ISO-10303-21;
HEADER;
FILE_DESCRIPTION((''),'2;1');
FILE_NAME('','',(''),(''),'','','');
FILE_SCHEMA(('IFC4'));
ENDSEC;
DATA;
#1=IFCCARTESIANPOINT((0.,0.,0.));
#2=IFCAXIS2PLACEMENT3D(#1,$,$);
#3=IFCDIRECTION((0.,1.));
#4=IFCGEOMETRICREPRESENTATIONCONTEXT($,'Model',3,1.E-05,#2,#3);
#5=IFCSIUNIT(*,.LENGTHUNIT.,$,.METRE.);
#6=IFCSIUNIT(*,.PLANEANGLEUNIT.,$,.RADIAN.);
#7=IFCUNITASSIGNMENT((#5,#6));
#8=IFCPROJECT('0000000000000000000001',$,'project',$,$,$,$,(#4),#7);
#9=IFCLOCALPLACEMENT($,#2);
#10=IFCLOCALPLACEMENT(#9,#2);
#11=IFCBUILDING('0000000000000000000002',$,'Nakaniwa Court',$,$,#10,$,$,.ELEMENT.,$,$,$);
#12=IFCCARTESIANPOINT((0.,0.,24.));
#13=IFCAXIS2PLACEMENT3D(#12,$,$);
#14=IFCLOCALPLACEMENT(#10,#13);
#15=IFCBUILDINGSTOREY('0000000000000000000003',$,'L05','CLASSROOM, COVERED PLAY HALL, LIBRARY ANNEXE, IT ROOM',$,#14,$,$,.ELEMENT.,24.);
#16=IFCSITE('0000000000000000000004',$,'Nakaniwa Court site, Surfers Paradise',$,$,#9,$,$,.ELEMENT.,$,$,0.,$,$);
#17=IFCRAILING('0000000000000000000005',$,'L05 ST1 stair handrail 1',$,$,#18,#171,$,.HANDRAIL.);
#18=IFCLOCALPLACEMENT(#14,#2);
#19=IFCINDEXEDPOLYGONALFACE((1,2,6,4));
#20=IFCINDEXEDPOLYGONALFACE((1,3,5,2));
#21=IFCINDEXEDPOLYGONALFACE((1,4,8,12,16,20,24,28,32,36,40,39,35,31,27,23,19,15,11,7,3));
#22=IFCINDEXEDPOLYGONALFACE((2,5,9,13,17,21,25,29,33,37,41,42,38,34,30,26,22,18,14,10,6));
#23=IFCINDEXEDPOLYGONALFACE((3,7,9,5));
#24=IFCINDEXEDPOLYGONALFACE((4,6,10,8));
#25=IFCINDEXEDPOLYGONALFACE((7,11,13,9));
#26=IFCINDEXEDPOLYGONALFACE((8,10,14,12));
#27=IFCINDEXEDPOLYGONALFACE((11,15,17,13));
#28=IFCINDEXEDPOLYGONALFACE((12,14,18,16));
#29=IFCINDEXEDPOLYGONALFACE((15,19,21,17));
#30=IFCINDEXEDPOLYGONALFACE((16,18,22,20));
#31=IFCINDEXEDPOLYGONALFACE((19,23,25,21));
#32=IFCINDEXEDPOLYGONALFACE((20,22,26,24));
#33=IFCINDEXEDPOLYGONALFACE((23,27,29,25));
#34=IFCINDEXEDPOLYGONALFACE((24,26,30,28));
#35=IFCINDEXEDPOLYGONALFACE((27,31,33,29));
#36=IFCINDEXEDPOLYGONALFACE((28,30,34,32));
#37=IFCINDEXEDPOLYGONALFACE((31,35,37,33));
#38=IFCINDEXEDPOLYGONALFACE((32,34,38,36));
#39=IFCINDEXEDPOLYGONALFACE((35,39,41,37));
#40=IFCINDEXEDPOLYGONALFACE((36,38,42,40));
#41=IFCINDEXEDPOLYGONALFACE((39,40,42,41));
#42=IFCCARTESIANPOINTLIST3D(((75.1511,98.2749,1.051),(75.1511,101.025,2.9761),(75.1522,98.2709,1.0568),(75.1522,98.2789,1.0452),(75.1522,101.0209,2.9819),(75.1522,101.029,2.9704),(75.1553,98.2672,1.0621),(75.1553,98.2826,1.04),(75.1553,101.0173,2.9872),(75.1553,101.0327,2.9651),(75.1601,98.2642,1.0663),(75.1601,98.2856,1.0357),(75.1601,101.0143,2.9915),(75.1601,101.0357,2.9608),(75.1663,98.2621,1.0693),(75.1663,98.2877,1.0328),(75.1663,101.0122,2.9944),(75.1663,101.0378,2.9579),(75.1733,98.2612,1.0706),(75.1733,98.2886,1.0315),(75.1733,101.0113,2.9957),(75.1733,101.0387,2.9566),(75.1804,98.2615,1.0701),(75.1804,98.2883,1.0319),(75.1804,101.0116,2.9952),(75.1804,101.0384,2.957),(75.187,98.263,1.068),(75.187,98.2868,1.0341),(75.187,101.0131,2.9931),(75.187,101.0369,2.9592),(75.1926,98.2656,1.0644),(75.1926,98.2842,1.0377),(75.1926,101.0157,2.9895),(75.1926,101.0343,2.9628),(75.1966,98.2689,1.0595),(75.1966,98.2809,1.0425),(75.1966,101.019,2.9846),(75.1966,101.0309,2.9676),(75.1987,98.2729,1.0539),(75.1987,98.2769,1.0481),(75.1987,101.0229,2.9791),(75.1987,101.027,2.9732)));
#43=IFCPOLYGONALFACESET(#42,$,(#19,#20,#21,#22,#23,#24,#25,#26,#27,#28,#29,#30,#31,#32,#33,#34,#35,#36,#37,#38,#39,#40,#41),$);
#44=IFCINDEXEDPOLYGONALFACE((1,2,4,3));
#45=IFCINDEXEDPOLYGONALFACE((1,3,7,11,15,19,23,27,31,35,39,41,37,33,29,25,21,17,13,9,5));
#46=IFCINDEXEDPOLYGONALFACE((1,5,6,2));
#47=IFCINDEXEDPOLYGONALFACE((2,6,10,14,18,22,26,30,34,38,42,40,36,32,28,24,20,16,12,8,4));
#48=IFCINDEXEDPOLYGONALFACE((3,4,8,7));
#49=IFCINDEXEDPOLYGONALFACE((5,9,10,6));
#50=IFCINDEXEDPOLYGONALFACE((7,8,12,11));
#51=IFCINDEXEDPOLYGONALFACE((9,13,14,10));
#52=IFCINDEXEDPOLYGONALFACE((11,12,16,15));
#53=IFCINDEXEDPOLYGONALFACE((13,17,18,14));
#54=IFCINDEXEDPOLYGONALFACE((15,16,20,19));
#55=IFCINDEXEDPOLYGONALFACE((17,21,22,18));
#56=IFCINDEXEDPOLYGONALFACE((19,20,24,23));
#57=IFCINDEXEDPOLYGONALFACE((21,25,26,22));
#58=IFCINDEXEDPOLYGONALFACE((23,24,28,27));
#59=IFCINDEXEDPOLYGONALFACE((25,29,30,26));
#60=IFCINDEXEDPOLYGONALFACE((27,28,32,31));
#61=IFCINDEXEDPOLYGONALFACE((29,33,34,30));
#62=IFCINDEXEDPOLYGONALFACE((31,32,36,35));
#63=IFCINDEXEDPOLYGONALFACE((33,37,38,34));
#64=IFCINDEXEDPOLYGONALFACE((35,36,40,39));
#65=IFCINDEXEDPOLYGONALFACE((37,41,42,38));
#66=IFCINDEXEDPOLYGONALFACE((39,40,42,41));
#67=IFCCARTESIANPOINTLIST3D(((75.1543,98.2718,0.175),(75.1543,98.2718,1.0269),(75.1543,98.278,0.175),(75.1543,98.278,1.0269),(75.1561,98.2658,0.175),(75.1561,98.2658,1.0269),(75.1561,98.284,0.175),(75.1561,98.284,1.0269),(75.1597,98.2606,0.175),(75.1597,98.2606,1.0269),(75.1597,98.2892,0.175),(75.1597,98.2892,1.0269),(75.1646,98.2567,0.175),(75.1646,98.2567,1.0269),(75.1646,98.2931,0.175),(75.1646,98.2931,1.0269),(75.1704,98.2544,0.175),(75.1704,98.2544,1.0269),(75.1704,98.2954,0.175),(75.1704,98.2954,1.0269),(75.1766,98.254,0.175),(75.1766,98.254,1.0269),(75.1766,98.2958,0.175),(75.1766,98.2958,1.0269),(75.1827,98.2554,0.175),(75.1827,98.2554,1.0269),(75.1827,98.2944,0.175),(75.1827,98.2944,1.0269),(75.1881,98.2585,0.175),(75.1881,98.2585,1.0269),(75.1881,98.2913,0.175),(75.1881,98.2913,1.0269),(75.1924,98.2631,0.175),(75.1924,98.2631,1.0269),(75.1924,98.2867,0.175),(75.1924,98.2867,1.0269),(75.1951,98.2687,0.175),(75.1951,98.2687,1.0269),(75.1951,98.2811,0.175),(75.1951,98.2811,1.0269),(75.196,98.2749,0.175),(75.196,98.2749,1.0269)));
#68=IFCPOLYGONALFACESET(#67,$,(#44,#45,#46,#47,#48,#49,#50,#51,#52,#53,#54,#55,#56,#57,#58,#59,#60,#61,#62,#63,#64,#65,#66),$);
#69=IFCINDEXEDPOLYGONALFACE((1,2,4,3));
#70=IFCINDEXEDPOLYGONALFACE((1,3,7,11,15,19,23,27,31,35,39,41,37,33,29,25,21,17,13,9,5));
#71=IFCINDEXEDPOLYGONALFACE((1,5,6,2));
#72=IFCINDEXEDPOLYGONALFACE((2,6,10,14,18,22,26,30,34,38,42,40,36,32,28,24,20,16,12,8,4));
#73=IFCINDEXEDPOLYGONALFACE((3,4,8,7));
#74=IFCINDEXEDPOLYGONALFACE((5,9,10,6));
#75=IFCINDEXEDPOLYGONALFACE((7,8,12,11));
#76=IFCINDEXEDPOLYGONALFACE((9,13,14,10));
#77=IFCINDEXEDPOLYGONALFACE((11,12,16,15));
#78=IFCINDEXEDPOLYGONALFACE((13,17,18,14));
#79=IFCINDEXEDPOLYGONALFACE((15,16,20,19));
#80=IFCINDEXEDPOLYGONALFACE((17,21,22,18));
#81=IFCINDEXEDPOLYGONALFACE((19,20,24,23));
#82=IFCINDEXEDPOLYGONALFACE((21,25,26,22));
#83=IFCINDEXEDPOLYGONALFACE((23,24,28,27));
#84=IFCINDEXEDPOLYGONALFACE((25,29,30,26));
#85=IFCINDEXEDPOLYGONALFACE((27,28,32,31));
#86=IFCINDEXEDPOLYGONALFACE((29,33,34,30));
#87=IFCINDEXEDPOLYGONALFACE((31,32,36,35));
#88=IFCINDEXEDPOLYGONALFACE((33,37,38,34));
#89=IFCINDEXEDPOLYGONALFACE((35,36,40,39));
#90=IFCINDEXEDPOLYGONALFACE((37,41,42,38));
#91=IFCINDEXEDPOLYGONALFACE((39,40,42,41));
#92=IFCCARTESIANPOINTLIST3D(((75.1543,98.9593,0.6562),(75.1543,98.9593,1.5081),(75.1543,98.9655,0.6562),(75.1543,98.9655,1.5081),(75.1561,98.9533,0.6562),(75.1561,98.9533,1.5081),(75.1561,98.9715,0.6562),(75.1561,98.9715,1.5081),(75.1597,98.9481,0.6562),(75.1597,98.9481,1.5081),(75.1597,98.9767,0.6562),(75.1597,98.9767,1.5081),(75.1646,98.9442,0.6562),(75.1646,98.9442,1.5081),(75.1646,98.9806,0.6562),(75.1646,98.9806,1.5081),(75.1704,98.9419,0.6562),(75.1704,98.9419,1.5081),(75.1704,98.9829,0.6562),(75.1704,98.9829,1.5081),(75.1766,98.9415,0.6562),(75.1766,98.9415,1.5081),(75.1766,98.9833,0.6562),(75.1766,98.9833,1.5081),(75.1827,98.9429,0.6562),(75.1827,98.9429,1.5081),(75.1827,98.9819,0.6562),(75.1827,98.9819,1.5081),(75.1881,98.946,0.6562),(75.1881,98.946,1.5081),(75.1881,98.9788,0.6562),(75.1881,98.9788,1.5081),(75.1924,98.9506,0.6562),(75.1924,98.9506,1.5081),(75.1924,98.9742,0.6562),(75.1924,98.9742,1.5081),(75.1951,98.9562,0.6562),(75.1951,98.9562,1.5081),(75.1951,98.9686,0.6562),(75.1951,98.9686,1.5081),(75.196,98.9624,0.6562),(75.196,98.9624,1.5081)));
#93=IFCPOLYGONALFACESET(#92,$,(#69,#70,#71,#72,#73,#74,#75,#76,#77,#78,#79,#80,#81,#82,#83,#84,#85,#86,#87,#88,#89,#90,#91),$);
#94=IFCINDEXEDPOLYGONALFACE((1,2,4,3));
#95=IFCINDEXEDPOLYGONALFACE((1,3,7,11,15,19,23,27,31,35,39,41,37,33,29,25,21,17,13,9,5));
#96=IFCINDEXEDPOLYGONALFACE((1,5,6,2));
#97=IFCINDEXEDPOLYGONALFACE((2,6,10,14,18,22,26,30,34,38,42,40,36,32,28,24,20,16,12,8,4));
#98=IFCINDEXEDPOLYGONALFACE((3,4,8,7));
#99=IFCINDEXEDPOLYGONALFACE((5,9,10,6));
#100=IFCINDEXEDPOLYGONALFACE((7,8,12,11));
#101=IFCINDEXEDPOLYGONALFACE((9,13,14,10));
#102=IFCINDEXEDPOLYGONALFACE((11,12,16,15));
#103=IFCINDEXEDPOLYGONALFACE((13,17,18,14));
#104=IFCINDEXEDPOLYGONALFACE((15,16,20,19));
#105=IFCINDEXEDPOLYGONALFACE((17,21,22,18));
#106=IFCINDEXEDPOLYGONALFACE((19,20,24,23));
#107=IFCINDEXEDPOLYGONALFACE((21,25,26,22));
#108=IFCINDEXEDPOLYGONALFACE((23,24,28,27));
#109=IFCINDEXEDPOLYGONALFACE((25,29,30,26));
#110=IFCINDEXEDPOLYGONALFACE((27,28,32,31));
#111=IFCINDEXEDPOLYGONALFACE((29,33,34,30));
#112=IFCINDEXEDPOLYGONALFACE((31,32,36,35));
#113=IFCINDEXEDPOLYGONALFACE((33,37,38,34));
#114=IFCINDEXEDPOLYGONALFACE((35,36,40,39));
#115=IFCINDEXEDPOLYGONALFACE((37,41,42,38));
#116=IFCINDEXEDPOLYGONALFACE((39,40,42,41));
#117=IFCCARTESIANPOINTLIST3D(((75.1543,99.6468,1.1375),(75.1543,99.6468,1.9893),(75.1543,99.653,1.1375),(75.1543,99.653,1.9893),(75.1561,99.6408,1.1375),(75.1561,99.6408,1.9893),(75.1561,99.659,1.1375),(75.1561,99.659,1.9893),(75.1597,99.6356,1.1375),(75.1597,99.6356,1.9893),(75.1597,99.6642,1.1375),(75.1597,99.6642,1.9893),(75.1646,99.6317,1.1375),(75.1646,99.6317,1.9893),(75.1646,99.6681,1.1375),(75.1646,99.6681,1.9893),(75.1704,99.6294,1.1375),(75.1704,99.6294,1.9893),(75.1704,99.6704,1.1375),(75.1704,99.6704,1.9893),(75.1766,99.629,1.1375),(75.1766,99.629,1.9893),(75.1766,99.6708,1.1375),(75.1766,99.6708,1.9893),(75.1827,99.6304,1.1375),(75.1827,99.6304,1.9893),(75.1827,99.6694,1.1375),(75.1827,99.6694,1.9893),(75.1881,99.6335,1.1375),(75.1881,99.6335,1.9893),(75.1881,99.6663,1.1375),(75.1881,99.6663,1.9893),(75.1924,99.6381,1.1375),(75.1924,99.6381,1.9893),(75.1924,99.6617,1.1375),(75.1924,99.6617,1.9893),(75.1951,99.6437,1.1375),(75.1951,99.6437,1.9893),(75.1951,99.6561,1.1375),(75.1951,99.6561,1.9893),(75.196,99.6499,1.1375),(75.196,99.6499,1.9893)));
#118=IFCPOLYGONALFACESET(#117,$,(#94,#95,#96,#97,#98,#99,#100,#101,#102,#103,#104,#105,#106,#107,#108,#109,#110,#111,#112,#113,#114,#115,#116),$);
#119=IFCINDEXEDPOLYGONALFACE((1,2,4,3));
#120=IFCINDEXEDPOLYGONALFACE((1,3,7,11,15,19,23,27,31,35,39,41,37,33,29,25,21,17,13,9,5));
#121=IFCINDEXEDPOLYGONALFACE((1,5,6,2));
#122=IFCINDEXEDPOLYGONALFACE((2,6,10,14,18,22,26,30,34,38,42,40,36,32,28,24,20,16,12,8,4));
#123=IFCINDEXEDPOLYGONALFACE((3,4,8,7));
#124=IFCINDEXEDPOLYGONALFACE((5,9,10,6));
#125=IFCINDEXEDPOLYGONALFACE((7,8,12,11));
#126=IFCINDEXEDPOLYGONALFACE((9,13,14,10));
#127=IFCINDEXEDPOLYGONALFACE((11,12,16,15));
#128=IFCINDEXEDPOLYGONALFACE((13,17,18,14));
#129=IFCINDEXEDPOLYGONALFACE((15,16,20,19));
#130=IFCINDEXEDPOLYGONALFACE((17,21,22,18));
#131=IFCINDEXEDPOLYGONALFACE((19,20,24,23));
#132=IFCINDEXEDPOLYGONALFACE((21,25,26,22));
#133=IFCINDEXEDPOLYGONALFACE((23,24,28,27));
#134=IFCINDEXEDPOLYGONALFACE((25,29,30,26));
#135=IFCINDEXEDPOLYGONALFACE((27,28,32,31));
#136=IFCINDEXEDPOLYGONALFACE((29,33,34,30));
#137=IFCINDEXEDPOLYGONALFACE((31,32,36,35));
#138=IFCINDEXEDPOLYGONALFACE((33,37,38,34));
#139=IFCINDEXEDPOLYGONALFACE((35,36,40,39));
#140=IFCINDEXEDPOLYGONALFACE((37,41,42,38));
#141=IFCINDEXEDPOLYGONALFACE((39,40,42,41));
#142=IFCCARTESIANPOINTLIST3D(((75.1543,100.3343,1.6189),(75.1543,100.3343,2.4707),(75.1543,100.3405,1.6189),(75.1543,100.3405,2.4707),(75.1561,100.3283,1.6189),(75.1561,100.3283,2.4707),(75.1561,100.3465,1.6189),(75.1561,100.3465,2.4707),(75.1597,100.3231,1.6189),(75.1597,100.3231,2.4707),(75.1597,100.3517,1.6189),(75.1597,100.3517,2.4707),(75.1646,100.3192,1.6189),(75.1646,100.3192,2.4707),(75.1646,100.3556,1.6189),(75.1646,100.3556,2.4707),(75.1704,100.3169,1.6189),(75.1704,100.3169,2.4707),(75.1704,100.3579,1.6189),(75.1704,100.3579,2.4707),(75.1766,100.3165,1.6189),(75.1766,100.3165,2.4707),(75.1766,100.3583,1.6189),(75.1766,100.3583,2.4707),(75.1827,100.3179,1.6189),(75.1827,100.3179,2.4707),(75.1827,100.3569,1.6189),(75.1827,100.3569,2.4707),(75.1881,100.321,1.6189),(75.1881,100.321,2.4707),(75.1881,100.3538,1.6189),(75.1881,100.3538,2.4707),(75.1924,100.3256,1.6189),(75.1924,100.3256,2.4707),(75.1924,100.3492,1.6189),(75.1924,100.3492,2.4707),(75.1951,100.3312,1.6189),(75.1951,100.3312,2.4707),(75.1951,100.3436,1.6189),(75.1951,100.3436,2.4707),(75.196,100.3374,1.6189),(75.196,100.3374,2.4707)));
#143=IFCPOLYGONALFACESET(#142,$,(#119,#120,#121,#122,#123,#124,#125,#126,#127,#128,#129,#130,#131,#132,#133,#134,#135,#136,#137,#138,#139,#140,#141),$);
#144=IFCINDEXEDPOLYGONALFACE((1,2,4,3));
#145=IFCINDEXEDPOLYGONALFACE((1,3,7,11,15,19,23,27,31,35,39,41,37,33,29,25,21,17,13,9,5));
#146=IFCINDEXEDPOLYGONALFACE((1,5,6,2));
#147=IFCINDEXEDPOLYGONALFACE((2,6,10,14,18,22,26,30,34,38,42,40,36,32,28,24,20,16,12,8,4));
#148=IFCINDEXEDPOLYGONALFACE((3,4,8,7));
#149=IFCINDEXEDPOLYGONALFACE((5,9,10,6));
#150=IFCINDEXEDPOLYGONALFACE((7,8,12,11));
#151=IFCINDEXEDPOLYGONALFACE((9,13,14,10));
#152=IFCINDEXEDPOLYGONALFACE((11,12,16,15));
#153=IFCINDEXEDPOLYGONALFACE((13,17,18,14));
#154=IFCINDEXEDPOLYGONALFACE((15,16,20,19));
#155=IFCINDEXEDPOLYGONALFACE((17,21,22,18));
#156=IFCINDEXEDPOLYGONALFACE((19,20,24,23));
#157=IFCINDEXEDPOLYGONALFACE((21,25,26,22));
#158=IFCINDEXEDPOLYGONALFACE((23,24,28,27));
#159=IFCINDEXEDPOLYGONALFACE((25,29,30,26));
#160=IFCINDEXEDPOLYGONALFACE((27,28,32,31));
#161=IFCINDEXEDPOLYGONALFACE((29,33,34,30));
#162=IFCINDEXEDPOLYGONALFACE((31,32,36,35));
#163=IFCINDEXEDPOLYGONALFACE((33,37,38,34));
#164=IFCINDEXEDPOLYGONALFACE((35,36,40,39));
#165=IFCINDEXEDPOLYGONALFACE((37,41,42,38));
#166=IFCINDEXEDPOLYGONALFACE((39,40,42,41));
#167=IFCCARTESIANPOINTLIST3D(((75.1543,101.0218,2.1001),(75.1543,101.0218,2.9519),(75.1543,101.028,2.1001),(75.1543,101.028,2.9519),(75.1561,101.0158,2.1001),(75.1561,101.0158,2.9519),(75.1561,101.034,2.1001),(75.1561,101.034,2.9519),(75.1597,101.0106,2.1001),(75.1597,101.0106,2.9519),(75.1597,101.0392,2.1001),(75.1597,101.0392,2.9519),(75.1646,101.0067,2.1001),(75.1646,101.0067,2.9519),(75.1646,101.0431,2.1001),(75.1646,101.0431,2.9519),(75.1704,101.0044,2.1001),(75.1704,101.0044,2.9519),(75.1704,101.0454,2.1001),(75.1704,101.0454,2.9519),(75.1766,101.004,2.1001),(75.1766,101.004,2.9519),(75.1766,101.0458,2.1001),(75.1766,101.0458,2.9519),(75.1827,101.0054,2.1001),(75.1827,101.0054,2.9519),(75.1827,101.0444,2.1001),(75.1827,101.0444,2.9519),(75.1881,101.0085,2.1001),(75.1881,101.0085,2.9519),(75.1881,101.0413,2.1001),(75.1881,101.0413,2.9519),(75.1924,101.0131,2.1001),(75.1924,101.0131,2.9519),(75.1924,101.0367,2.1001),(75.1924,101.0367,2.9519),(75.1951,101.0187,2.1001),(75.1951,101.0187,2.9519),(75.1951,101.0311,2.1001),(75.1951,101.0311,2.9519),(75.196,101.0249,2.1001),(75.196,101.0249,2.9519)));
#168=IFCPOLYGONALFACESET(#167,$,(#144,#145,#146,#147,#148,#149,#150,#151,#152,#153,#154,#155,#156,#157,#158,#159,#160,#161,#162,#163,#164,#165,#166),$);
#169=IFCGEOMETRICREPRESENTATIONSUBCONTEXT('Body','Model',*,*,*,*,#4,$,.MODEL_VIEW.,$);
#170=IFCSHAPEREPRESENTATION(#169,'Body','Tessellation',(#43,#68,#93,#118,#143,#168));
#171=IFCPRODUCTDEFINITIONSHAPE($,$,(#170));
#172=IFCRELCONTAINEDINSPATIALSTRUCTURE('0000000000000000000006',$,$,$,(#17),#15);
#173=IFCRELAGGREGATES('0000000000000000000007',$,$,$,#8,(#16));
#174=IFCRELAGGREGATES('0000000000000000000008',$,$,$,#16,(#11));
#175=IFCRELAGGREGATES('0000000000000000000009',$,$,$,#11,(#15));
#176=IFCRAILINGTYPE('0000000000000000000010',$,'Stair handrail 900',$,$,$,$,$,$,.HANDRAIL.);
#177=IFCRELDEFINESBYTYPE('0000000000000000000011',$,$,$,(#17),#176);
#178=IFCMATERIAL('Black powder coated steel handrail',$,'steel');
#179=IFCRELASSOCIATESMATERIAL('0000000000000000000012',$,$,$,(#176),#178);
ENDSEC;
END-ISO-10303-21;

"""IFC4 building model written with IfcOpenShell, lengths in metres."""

from ifc_helpers import new_model, si_unit, direction, frame, origin, origin_2d, place, context, subcontext, project, spatial, circle, extrude, material, type_object, element, save


model = new_model("IFC4")

# Units and contexts
model_context = context("Model", 3, precision=1e-05, world=origin(), true_north=direction((0.0, 1.0)))
body_context = subcontext(model_context, "Body", "Model", "MODEL_VIEW")
ifc_project = project(units=[si_unit("LENGTHUNIT", "METRE"), si_unit("PLANEANGLEUNIT", "RADIAN")], contexts=[model_context])

# Site, building, storey
site_placement = place(None, origin())
site = spatial("IfcSite", under=ifc_project, at=site_placement, Name="Nakaniwa Court site, Surfers Paradise", CompositionType="ELEMENT", RefElevation=0.0)
building_placement = place(site_placement, origin())
building = spatial("IfcBuilding", under=site, at=building_placement, Name="Nakaniwa Court", CompositionType="ELEMENT")
storey_placement = place(building_placement, frame((0.0, 0.0, 24.0)))
storey = spatial("IfcBuildingStorey", under=building, at=storey_placement, Name="L05", Description="CLASSROOM, COVERED PLAY HALL, LIBRARY ANNEXE, IT ROOM", CompositionType="ELEMENT", Elevation=24.0)

# Railing
ifc_material_1 = material(Name="Black powder coated steel handrail", Category="steel")
railing_type_1 = type_object("IfcRailingType", Name="Stair handrail 900", PredefinedType="HANDRAIL", material=ifc_material_1)
railing_1_placement = place(storey_placement, frame((75.175, 98.2749, 0.175)))
element("IfcRailing", 1, at=railing_1_placement, inside=storey, type_object=railing_type_1, Name="L05 ST1 stair handrail 1", PredefinedType="HANDRAIL", context=body_context, shape_type="SweptSolid", body=[
    extrude(circle(Radius=0.0239, at=origin_2d()), frame((0.0, 0.0, 0.876), z_axis=(0.0, 0.819225, 0.573472), x_axis=(-1.0, 0.0, 0.0)), (0.0, 0.0, 1.0), 3.3569),
    extrude(circle(Radius=0.021, at=origin_2d()), origin(), (0.0, 0.0, 1.0), 0.8518),
    extrude(circle(Radius=0.021, at=origin_2d()), frame((0.0, 0.6875, 0.4812)), (0.0, 0.0, 1.0), 0.8518),
    extrude(circle(Radius=0.021, at=origin_2d()), frame((0.0, 1.375, 0.9624)), (0.0, 0.0, 1.0), 0.8518),
    extrude(circle(Radius=0.021, at=origin_2d()), frame((0.0, 2.0625, 1.4438)), (0.0, 0.0, 1.0), 0.8518),
    extrude(circle(Radius=0.021, at=origin_2d()), frame((0.0, 2.75, 1.925)), (0.0, 0.0, 1.0), 0.8518),
])

save(model, "model.ifc")
